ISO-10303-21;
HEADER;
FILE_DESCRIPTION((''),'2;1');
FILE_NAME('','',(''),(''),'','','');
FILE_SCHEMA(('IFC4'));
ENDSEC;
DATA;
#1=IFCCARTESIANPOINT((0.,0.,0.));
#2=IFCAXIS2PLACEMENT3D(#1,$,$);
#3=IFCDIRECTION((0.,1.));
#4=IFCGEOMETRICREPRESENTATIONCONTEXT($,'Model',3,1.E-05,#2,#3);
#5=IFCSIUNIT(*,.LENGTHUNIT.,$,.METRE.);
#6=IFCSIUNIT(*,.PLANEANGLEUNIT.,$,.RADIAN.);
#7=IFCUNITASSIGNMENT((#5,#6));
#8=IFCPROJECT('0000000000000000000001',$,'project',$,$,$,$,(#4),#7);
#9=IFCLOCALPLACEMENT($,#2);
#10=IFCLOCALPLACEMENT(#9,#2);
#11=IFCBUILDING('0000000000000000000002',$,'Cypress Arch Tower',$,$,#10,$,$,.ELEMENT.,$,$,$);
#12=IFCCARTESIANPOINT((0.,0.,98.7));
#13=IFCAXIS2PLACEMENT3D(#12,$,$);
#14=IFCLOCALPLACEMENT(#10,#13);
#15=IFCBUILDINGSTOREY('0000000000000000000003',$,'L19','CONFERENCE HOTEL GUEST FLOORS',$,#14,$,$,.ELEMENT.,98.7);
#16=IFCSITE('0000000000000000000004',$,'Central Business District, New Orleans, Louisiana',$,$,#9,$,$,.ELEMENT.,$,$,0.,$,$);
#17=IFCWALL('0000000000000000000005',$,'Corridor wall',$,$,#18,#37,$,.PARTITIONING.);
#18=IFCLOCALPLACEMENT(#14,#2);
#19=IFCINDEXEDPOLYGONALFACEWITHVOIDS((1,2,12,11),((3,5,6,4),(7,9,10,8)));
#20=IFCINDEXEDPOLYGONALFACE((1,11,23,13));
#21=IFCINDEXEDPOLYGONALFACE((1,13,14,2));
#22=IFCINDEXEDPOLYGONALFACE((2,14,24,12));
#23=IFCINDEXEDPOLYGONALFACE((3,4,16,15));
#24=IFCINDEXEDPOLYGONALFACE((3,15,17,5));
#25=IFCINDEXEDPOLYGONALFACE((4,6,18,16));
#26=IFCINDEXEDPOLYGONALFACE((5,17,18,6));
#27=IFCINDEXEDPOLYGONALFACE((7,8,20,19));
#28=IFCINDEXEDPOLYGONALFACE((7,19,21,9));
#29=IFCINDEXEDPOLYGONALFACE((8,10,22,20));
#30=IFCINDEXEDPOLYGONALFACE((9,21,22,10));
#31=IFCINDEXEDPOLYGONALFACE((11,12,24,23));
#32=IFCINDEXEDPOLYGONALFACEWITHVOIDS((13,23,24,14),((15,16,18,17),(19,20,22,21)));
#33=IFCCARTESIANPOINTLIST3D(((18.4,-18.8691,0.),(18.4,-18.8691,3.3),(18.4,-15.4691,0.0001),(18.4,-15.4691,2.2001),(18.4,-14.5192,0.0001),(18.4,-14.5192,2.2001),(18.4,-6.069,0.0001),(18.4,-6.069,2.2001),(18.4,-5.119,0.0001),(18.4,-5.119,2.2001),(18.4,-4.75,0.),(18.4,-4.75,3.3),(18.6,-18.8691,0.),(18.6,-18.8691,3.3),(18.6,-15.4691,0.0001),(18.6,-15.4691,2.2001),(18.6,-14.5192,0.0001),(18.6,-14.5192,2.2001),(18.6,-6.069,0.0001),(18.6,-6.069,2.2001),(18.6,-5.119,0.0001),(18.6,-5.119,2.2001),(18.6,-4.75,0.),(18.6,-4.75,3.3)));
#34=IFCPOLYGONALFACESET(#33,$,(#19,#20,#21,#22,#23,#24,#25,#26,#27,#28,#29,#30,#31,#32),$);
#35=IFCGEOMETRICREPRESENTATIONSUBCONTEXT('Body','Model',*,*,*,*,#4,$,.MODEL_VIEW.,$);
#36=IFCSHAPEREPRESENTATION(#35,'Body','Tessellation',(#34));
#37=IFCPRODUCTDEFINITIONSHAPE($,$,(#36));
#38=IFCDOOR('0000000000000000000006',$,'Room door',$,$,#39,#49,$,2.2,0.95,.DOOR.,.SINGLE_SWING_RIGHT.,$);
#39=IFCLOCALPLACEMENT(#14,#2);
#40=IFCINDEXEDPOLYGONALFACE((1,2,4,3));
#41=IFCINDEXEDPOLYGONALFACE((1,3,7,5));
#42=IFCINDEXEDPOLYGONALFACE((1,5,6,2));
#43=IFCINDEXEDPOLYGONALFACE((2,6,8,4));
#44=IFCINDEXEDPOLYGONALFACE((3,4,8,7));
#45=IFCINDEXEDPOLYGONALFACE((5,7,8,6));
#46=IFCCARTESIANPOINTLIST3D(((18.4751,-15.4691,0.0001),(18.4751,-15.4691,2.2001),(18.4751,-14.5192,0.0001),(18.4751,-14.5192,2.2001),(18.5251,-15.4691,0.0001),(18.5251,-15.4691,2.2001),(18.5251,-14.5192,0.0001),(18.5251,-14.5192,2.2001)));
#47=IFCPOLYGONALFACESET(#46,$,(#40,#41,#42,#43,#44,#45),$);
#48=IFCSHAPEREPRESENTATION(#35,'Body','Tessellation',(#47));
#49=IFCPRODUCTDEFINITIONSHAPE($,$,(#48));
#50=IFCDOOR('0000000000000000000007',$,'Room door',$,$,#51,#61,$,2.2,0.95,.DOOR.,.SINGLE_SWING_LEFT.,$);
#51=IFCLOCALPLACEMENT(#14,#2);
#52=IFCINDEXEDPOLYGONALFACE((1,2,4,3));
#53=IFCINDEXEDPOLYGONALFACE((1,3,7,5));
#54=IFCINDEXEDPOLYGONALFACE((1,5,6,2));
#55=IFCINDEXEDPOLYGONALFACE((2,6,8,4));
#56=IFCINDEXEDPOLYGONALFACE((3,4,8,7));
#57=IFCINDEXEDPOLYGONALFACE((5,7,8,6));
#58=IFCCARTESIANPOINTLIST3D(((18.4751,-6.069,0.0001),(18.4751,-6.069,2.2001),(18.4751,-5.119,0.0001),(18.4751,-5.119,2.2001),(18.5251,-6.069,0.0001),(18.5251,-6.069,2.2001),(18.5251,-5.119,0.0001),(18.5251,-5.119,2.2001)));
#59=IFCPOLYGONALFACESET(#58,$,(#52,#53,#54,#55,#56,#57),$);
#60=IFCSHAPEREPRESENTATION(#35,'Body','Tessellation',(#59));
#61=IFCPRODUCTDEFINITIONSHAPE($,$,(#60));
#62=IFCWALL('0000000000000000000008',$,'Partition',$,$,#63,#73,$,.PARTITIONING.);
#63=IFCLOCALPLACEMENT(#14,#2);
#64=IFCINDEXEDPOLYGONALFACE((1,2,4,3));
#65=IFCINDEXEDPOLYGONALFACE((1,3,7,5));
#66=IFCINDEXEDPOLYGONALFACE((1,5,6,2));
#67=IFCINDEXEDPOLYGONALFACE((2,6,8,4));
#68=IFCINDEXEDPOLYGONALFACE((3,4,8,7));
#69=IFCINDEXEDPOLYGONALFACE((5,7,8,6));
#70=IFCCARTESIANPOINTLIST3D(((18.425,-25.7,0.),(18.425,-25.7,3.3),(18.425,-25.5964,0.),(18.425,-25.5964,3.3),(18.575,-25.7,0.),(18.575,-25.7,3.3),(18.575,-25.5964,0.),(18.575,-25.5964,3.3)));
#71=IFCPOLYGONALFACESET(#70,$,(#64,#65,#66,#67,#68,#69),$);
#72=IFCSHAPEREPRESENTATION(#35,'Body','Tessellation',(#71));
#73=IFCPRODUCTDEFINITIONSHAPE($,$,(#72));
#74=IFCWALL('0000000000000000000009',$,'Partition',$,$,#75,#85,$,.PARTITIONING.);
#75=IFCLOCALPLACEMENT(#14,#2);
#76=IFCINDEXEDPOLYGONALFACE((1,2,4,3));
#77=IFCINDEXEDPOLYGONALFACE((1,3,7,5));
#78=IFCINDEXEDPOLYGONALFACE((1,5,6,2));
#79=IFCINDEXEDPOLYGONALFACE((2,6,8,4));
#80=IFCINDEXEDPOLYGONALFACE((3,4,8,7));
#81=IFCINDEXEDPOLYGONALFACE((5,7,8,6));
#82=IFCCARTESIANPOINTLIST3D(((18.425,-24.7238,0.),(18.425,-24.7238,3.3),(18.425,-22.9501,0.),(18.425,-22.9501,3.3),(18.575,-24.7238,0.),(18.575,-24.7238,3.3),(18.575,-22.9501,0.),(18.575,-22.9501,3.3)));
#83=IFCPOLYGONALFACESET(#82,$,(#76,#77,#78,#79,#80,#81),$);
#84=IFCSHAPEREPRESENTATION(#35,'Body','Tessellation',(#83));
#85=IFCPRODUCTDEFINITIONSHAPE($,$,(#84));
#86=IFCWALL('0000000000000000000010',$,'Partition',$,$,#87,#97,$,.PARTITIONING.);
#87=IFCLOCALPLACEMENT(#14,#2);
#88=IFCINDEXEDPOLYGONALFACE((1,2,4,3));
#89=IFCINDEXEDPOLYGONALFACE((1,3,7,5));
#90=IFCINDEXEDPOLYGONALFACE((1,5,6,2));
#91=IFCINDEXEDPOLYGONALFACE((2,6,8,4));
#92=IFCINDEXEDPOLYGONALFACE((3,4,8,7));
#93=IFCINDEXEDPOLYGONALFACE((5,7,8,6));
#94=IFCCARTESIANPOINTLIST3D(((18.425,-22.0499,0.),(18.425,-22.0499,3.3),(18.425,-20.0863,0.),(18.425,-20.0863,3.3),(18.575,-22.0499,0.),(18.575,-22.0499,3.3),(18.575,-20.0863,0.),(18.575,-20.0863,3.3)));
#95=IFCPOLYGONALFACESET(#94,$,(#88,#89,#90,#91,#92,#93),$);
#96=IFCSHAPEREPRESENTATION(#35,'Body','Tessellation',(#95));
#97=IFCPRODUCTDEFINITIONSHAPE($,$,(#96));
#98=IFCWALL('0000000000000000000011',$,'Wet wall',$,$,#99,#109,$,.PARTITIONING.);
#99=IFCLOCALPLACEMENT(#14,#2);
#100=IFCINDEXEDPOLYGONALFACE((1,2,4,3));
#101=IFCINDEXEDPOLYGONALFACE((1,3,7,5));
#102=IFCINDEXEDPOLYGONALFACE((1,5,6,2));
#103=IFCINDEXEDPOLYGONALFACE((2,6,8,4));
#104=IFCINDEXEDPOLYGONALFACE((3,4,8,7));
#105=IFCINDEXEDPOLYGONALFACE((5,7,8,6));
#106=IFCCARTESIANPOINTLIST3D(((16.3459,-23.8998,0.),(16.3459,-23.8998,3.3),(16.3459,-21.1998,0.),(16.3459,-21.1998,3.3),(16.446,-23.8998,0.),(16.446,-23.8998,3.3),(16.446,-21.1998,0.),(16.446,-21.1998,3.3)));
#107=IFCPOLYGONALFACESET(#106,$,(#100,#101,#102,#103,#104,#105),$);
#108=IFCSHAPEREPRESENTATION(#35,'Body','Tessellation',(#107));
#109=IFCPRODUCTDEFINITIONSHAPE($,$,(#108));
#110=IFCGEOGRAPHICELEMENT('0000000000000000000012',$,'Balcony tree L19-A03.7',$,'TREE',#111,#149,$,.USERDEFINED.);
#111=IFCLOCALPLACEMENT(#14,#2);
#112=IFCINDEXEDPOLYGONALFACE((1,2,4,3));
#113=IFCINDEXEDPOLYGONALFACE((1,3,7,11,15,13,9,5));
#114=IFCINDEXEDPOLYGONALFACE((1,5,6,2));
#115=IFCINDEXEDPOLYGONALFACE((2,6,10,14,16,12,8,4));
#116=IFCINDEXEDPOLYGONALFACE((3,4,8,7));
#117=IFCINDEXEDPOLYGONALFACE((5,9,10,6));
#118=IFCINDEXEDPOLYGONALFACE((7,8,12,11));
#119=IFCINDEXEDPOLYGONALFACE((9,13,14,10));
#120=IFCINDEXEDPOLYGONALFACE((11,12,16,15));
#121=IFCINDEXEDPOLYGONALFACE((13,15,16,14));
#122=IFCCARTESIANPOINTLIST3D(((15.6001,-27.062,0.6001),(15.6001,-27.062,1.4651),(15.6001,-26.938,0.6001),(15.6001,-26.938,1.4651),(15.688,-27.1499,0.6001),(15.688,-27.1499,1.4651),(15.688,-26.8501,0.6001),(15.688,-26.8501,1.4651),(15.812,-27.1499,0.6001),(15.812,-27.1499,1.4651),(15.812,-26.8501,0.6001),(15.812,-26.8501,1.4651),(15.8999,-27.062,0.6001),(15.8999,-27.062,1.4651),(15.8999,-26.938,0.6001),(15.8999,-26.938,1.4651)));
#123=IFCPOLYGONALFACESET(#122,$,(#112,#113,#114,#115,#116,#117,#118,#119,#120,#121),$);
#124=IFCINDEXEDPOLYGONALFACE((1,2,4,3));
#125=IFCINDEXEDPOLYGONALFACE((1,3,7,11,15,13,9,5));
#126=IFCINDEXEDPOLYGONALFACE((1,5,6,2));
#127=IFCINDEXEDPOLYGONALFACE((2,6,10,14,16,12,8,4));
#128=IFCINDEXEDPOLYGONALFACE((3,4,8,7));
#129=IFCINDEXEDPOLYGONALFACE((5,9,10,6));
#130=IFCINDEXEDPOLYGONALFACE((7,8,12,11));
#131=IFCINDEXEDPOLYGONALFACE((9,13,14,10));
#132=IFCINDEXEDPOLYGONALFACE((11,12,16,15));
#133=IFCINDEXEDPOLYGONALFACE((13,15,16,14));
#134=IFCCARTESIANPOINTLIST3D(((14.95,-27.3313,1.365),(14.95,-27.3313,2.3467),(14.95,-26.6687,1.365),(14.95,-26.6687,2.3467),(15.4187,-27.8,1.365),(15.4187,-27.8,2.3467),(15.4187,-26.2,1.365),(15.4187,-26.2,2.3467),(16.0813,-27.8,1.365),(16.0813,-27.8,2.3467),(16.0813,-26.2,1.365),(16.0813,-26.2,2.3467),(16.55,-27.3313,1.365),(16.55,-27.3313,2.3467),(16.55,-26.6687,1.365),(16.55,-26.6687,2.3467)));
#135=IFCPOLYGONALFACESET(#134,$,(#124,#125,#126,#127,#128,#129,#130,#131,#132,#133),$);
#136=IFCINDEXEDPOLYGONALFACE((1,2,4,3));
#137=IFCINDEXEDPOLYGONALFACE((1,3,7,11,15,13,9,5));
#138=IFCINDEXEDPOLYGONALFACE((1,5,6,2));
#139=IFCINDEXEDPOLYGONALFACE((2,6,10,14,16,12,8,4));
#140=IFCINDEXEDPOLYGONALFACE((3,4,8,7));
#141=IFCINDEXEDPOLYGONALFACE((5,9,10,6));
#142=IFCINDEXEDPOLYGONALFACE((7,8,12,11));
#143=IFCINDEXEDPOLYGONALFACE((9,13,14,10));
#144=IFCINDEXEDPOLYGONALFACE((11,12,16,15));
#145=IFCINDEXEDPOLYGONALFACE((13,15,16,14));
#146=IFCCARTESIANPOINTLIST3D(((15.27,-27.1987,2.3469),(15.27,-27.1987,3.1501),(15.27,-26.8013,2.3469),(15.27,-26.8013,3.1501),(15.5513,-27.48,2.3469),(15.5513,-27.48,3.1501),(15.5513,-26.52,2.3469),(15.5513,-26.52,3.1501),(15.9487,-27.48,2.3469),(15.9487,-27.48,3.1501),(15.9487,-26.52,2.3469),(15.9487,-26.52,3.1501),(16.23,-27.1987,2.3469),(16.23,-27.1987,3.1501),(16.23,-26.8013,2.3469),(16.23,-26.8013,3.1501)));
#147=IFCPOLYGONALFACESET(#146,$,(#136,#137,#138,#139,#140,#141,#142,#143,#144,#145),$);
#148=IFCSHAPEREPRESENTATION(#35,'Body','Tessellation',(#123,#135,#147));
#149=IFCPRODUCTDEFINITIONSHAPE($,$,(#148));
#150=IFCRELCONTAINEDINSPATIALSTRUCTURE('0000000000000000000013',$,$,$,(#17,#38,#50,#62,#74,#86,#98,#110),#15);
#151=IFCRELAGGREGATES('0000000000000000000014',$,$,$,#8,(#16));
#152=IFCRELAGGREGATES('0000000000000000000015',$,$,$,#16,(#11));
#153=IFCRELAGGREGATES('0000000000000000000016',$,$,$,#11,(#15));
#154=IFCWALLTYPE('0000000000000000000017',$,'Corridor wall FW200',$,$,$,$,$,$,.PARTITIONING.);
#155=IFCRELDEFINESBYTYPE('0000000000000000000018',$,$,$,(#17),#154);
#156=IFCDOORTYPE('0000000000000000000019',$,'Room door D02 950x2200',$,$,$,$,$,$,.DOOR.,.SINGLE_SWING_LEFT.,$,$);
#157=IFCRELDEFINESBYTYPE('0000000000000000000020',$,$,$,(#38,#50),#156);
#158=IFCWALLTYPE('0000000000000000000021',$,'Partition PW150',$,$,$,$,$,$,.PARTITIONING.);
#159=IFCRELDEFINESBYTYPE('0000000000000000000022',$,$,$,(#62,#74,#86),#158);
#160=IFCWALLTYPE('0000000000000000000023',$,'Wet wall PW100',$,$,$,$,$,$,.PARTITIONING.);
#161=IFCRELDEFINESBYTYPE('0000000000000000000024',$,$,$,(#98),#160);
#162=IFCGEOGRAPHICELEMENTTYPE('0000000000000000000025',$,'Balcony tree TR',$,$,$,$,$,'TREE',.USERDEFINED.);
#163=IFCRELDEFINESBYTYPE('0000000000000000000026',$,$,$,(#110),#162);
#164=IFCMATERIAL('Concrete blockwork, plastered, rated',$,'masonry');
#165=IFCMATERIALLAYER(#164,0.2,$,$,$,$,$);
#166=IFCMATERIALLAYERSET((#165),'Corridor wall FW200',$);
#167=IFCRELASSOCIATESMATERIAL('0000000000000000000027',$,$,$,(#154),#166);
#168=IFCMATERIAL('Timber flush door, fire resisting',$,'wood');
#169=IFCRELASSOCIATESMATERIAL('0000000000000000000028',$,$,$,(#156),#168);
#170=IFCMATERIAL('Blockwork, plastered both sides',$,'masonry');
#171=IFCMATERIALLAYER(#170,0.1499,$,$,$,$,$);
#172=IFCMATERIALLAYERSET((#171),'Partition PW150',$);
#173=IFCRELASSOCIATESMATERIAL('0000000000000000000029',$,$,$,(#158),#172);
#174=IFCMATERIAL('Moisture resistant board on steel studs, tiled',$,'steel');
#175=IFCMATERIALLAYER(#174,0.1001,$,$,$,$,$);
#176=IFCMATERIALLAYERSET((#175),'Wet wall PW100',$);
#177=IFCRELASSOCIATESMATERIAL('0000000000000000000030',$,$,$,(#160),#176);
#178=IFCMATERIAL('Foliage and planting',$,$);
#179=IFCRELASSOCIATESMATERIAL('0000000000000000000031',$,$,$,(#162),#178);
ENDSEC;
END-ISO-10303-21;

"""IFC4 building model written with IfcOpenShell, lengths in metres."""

from ifc_helpers import new_model, si_unit, direction, frame, frame_2d, origin, place, context, subcontext, project, spatial, polyline, rectangle, outline, extrude, material, layer, layer_set, type_object, element, fill, save


model = new_model("IFC4")

# Units and contexts
model_context = context("Model", 3, precision=1e-05, world=origin(), true_north=direction((0.0, 1.0)))
body_context = subcontext(model_context, "Body", "Model", "MODEL_VIEW")
ifc_project = project(units=[si_unit("LENGTHUNIT", "METRE"), si_unit("PLANEANGLEUNIT", "RADIAN")], contexts=[model_context])

# Site, building, storey
site_placement = place(None, origin())
site = spatial("IfcSite", under=ifc_project, at=site_placement, Name="Central Business District, New Orleans, Louisiana", CompositionType="ELEMENT", RefElevation=0.0)
building_placement = place(site_placement, origin())
building = spatial("IfcBuilding", under=site, at=building_placement, Name="Cypress Arch Tower", CompositionType="ELEMENT")
storey_placement = place(building_placement, frame((0.0, 0.0, 98.7)))
storey = spatial("IfcBuildingStorey", under=building, at=storey_placement, Name="L19", Description="CONFERENCE HOTEL GUEST FLOORS", CompositionType="ELEMENT", Elevation=98.7)

# Wall, openings, doors
ifc_material_1 = material(Name="Concrete blockwork, plastered, rated", Category="masonry")
ifc_layer_1 = layer(ifc_material_1, 0.2)
ifc_layer_set_1 = layer_set([ifc_layer_1], Name="Corridor wall FW200")
wall_type_1 = type_object("IfcWallType", Name="Corridor wall FW200", PredefinedType="PARTITIONING", material=ifc_layer_set_1)
wall_1_placement = place(storey_placement, frame((18.5, -18.8691, 0.0), z_axis=(0.0, 0.0, 1.0), x_axis=(0.0, 1.0, 0.0)))
wall_1 = element("IfcWall", 1, at=wall_1_placement, inside=storey, type_object=wall_type_1, Name="Corridor wall", PredefinedType="PARTITIONING", context=body_context, shape_type="SweptSolid", body=[
    extrude(rectangle(XDim=14.1191, YDim=0.2, at=frame_2d((7.0596, 0.0))), origin(), (0.0, 0.0, 1.0), 3.3),
])
opening_1_placement = place(wall_1_placement, frame((3.3999, 0.0, 0.0)))
opening_1 = element("IfcOpeningElement", 2, at=opening_1_placement, cuts=wall_1, PredefinedType="OPENING", context=body_context, shape_type="SweptSolid", body=[
    extrude(rectangle(XDim=0.95, YDim=2.2, at=frame_2d((0.4751, 1.1001))), frame((0.0, 0.1099, 0.0), z_axis=(0.0, -1.0, 0.0), x_axis=(1.0, 0.0, 0.0)), (0.0, 0.0, 1.0), 0.22),
])
opening_2_placement = place(wall_1_placement, frame((12.8, 0.0, 0.0)))
opening_2 = element("IfcOpeningElement", 3, at=opening_2_placement, cuts=wall_1, PredefinedType="OPENING", context=body_context, shape_type="SweptSolid", body=[
    extrude(rectangle(XDim=0.95, YDim=2.2, at=frame_2d((0.4751, 1.1001))), frame((0.0, 0.1099, 0.0), z_axis=(0.0, -1.0, 0.0), x_axis=(1.0, 0.0, 0.0)), (0.0, 0.0, 1.0), 0.22),
])
ifc_material_2 = material(Name="Timber flush door, fire resisting", Category="wood")
door_type = type_object("IfcDoorType", Name="Room door D02 950x2200", OperationType="SINGLE_SWING_LEFT", PredefinedType="DOOR", material=ifc_material_2)
door_1_placement = place(opening_1_placement, origin())
door_1 = element("IfcDoor", 4, at=door_1_placement, inside=storey, type_object=door_type, Name="Room door", OperationType="SINGLE_SWING_RIGHT", OverallHeight=2.2, OverallWidth=0.95, PredefinedType="DOOR", context=body_context, shape_type="SweptSolid", body=[
    extrude(rectangle(XDim=0.95, YDim=2.2, at=frame_2d((0.4751, 1.1001))), frame((0.0, 0.0249, 0.0), z_axis=(0.0, -1.0, 0.0), x_axis=(1.0, 0.0, 0.0)), (0.0, 0.0, 1.0), 0.05),
])
fill(opening_1, door_1)
door_2_placement = place(opening_2_placement, origin())
door_2 = element("IfcDoor", 5, at=door_2_placement, inside=storey, type_object=door_type, Name="Room door", OperationType="SINGLE_SWING_LEFT", OverallHeight=2.2, OverallWidth=0.95, PredefinedType="DOOR", context=body_context, shape_type="SweptSolid", body=[
    extrude(rectangle(XDim=0.95, YDim=2.2, at=frame_2d((0.4751, 1.1001))), frame((0.0, 0.0249, 0.0), z_axis=(0.0, -1.0, 0.0), x_axis=(1.0, 0.0, 0.0)), (0.0, 0.0, 1.0), 0.05),
])
fill(opening_2, door_2)

# Walls
ifc_material_3 = material(Name="Blockwork, plastered both sides", Category="masonry")
ifc_layer_2 = layer(ifc_material_3, 0.1499)
ifc_layer_set_2 = layer_set([ifc_layer_2], Name="Partition PW150")
wall_type_2 = type_object("IfcWallType", Name="Partition PW150", PredefinedType="PARTITIONING", material=ifc_layer_set_2)
wall_2_placement = place(storey_placement, frame((18.5, -25.7, 0.0), z_axis=(0.0, 0.0, 1.0), x_axis=(0.0, 1.0, 0.0)))
element("IfcWall", 6, at=wall_2_placement, inside=storey, type_object=wall_type_2, Name="Partition", PredefinedType="PARTITIONING", context=body_context, shape_type="SweptSolid", body=[
    extrude(rectangle(XDim=0.1035, YDim=0.1499, at=frame_2d((0.0518, 0.0))), origin(), (0.0, 0.0, 1.0), 3.3),
])
wall_3_placement = place(storey_placement, frame((18.5, -24.7236, 0.0), z_axis=(0.0, 0.0, 1.0), x_axis=(0.0, 1.0, 0.0)))
element("IfcWall", 7, at=wall_3_placement, inside=storey, type_object=wall_type_2, Name="Partition", PredefinedType="PARTITIONING", context=body_context, shape_type="SweptSolid", body=[
    extrude(rectangle(XDim=1.7737, YDim=0.1499, at=frame_2d((0.8867, 0.0))), origin(), (0.0, 0.0, 1.0), 3.3),
])
wall_4_placement = place(storey_placement, frame((18.5, -22.05, 0.0), z_axis=(0.0, 0.0, 1.0), x_axis=(0.0, 1.0, 0.0)))
element("IfcWall", 8, at=wall_4_placement, inside=storey, type_object=wall_type_2, Name="Partition", PredefinedType="PARTITIONING", context=body_context, shape_type="SweptSolid", body=[
    extrude(rectangle(XDim=1.9636, YDim=0.1499, at=frame_2d((0.9819, 0.0))), origin(), (0.0, 0.0, 1.0), 3.3),
])
ifc_material_4 = material(Name="Moisture resistant board on steel studs, tiled", Category="steel")
ifc_layer_3 = layer(ifc_material_4, 0.1001)
ifc_layer_set_3 = layer_set([ifc_layer_3], Name="Wet wall PW100")
wall_type_3 = type_object("IfcWallType", Name="Wet wall PW100", PredefinedType="PARTITIONING", material=ifc_layer_set_3)
wall_5_placement = place(storey_placement, frame((16.396, -23.8999, 0.0), z_axis=(0.0, 0.0, 1.0), x_axis=(0.0, 1.0, 0.0)))
element("IfcWall", 9, at=wall_5_placement, inside=storey, type_object=wall_type_3, Name="Wet wall", PredefinedType="PARTITIONING", context=body_context, shape_type="SweptSolid", body=[
    extrude(rectangle(XDim=2.7, YDim=0.1001, at=frame_2d((1.3501, 0.0))), origin(), (0.0, 0.0, 1.0), 3.3),
])

# Geographic element
ifc_material_5 = material(Name="Foliage and planting")
geographic_element_type = type_object("IfcGeographicElementType", Name="Balcony tree TR", ElementType="TREE", PredefinedType="USERDEFINED", material=ifc_material_5)
geographic_element_placement = place(storey_placement, frame((15.75, -27.0, 0.6001), z_axis=(0.0, 0.0, 1.0), x_axis=(1.0, 0.0, 0.0)))
element("IfcGeographicElement", 10, at=geographic_element_placement, inside=storey, type_object=geographic_element_type, Name="Balcony tree L19-A03.7", ObjectType="TREE", PredefinedType="USERDEFINED", context=body_context, shape_type="SweptSolid", body=[
    extrude(outline(polyline([(0.1499, 0.062), (0.062, 0.1499), (-0.062, 0.1499), (-0.1499, 0.062), (-0.1499, -0.062), (-0.062, -0.1499), (0.062, -0.1499), (0.1499, -0.062), (0.1499, 0.062)])), origin(), (0.0, 0.0, 1.0), 0.865),
    extrude(outline(polyline([(0.8, 0.3313), (0.3313, 0.8), (-0.3313, 0.8), (-0.8, 0.3313), (-0.8, -0.3313), (-0.3313, -0.8), (0.3313, -0.8), (0.8, -0.3313), (0.8, 0.3313)])), frame((0.0, 0.0, 0.7649)), (0.0, 0.0, 1.0), 0.9817),
    extrude(outline(polyline([(0.48, 0.1987), (0.1987, 0.48), (-0.1987, 0.48), (-0.48, 0.1987), (-0.48, -0.1987), (-0.1987, -0.48), (0.1987, -0.48), (0.48, -0.1987), (0.48, 0.1987)])), frame((0.0, 0.0, 1.7468)), (0.0, 0.0, 1.0), 0.8032),
])

save(model, "model.ifc")
